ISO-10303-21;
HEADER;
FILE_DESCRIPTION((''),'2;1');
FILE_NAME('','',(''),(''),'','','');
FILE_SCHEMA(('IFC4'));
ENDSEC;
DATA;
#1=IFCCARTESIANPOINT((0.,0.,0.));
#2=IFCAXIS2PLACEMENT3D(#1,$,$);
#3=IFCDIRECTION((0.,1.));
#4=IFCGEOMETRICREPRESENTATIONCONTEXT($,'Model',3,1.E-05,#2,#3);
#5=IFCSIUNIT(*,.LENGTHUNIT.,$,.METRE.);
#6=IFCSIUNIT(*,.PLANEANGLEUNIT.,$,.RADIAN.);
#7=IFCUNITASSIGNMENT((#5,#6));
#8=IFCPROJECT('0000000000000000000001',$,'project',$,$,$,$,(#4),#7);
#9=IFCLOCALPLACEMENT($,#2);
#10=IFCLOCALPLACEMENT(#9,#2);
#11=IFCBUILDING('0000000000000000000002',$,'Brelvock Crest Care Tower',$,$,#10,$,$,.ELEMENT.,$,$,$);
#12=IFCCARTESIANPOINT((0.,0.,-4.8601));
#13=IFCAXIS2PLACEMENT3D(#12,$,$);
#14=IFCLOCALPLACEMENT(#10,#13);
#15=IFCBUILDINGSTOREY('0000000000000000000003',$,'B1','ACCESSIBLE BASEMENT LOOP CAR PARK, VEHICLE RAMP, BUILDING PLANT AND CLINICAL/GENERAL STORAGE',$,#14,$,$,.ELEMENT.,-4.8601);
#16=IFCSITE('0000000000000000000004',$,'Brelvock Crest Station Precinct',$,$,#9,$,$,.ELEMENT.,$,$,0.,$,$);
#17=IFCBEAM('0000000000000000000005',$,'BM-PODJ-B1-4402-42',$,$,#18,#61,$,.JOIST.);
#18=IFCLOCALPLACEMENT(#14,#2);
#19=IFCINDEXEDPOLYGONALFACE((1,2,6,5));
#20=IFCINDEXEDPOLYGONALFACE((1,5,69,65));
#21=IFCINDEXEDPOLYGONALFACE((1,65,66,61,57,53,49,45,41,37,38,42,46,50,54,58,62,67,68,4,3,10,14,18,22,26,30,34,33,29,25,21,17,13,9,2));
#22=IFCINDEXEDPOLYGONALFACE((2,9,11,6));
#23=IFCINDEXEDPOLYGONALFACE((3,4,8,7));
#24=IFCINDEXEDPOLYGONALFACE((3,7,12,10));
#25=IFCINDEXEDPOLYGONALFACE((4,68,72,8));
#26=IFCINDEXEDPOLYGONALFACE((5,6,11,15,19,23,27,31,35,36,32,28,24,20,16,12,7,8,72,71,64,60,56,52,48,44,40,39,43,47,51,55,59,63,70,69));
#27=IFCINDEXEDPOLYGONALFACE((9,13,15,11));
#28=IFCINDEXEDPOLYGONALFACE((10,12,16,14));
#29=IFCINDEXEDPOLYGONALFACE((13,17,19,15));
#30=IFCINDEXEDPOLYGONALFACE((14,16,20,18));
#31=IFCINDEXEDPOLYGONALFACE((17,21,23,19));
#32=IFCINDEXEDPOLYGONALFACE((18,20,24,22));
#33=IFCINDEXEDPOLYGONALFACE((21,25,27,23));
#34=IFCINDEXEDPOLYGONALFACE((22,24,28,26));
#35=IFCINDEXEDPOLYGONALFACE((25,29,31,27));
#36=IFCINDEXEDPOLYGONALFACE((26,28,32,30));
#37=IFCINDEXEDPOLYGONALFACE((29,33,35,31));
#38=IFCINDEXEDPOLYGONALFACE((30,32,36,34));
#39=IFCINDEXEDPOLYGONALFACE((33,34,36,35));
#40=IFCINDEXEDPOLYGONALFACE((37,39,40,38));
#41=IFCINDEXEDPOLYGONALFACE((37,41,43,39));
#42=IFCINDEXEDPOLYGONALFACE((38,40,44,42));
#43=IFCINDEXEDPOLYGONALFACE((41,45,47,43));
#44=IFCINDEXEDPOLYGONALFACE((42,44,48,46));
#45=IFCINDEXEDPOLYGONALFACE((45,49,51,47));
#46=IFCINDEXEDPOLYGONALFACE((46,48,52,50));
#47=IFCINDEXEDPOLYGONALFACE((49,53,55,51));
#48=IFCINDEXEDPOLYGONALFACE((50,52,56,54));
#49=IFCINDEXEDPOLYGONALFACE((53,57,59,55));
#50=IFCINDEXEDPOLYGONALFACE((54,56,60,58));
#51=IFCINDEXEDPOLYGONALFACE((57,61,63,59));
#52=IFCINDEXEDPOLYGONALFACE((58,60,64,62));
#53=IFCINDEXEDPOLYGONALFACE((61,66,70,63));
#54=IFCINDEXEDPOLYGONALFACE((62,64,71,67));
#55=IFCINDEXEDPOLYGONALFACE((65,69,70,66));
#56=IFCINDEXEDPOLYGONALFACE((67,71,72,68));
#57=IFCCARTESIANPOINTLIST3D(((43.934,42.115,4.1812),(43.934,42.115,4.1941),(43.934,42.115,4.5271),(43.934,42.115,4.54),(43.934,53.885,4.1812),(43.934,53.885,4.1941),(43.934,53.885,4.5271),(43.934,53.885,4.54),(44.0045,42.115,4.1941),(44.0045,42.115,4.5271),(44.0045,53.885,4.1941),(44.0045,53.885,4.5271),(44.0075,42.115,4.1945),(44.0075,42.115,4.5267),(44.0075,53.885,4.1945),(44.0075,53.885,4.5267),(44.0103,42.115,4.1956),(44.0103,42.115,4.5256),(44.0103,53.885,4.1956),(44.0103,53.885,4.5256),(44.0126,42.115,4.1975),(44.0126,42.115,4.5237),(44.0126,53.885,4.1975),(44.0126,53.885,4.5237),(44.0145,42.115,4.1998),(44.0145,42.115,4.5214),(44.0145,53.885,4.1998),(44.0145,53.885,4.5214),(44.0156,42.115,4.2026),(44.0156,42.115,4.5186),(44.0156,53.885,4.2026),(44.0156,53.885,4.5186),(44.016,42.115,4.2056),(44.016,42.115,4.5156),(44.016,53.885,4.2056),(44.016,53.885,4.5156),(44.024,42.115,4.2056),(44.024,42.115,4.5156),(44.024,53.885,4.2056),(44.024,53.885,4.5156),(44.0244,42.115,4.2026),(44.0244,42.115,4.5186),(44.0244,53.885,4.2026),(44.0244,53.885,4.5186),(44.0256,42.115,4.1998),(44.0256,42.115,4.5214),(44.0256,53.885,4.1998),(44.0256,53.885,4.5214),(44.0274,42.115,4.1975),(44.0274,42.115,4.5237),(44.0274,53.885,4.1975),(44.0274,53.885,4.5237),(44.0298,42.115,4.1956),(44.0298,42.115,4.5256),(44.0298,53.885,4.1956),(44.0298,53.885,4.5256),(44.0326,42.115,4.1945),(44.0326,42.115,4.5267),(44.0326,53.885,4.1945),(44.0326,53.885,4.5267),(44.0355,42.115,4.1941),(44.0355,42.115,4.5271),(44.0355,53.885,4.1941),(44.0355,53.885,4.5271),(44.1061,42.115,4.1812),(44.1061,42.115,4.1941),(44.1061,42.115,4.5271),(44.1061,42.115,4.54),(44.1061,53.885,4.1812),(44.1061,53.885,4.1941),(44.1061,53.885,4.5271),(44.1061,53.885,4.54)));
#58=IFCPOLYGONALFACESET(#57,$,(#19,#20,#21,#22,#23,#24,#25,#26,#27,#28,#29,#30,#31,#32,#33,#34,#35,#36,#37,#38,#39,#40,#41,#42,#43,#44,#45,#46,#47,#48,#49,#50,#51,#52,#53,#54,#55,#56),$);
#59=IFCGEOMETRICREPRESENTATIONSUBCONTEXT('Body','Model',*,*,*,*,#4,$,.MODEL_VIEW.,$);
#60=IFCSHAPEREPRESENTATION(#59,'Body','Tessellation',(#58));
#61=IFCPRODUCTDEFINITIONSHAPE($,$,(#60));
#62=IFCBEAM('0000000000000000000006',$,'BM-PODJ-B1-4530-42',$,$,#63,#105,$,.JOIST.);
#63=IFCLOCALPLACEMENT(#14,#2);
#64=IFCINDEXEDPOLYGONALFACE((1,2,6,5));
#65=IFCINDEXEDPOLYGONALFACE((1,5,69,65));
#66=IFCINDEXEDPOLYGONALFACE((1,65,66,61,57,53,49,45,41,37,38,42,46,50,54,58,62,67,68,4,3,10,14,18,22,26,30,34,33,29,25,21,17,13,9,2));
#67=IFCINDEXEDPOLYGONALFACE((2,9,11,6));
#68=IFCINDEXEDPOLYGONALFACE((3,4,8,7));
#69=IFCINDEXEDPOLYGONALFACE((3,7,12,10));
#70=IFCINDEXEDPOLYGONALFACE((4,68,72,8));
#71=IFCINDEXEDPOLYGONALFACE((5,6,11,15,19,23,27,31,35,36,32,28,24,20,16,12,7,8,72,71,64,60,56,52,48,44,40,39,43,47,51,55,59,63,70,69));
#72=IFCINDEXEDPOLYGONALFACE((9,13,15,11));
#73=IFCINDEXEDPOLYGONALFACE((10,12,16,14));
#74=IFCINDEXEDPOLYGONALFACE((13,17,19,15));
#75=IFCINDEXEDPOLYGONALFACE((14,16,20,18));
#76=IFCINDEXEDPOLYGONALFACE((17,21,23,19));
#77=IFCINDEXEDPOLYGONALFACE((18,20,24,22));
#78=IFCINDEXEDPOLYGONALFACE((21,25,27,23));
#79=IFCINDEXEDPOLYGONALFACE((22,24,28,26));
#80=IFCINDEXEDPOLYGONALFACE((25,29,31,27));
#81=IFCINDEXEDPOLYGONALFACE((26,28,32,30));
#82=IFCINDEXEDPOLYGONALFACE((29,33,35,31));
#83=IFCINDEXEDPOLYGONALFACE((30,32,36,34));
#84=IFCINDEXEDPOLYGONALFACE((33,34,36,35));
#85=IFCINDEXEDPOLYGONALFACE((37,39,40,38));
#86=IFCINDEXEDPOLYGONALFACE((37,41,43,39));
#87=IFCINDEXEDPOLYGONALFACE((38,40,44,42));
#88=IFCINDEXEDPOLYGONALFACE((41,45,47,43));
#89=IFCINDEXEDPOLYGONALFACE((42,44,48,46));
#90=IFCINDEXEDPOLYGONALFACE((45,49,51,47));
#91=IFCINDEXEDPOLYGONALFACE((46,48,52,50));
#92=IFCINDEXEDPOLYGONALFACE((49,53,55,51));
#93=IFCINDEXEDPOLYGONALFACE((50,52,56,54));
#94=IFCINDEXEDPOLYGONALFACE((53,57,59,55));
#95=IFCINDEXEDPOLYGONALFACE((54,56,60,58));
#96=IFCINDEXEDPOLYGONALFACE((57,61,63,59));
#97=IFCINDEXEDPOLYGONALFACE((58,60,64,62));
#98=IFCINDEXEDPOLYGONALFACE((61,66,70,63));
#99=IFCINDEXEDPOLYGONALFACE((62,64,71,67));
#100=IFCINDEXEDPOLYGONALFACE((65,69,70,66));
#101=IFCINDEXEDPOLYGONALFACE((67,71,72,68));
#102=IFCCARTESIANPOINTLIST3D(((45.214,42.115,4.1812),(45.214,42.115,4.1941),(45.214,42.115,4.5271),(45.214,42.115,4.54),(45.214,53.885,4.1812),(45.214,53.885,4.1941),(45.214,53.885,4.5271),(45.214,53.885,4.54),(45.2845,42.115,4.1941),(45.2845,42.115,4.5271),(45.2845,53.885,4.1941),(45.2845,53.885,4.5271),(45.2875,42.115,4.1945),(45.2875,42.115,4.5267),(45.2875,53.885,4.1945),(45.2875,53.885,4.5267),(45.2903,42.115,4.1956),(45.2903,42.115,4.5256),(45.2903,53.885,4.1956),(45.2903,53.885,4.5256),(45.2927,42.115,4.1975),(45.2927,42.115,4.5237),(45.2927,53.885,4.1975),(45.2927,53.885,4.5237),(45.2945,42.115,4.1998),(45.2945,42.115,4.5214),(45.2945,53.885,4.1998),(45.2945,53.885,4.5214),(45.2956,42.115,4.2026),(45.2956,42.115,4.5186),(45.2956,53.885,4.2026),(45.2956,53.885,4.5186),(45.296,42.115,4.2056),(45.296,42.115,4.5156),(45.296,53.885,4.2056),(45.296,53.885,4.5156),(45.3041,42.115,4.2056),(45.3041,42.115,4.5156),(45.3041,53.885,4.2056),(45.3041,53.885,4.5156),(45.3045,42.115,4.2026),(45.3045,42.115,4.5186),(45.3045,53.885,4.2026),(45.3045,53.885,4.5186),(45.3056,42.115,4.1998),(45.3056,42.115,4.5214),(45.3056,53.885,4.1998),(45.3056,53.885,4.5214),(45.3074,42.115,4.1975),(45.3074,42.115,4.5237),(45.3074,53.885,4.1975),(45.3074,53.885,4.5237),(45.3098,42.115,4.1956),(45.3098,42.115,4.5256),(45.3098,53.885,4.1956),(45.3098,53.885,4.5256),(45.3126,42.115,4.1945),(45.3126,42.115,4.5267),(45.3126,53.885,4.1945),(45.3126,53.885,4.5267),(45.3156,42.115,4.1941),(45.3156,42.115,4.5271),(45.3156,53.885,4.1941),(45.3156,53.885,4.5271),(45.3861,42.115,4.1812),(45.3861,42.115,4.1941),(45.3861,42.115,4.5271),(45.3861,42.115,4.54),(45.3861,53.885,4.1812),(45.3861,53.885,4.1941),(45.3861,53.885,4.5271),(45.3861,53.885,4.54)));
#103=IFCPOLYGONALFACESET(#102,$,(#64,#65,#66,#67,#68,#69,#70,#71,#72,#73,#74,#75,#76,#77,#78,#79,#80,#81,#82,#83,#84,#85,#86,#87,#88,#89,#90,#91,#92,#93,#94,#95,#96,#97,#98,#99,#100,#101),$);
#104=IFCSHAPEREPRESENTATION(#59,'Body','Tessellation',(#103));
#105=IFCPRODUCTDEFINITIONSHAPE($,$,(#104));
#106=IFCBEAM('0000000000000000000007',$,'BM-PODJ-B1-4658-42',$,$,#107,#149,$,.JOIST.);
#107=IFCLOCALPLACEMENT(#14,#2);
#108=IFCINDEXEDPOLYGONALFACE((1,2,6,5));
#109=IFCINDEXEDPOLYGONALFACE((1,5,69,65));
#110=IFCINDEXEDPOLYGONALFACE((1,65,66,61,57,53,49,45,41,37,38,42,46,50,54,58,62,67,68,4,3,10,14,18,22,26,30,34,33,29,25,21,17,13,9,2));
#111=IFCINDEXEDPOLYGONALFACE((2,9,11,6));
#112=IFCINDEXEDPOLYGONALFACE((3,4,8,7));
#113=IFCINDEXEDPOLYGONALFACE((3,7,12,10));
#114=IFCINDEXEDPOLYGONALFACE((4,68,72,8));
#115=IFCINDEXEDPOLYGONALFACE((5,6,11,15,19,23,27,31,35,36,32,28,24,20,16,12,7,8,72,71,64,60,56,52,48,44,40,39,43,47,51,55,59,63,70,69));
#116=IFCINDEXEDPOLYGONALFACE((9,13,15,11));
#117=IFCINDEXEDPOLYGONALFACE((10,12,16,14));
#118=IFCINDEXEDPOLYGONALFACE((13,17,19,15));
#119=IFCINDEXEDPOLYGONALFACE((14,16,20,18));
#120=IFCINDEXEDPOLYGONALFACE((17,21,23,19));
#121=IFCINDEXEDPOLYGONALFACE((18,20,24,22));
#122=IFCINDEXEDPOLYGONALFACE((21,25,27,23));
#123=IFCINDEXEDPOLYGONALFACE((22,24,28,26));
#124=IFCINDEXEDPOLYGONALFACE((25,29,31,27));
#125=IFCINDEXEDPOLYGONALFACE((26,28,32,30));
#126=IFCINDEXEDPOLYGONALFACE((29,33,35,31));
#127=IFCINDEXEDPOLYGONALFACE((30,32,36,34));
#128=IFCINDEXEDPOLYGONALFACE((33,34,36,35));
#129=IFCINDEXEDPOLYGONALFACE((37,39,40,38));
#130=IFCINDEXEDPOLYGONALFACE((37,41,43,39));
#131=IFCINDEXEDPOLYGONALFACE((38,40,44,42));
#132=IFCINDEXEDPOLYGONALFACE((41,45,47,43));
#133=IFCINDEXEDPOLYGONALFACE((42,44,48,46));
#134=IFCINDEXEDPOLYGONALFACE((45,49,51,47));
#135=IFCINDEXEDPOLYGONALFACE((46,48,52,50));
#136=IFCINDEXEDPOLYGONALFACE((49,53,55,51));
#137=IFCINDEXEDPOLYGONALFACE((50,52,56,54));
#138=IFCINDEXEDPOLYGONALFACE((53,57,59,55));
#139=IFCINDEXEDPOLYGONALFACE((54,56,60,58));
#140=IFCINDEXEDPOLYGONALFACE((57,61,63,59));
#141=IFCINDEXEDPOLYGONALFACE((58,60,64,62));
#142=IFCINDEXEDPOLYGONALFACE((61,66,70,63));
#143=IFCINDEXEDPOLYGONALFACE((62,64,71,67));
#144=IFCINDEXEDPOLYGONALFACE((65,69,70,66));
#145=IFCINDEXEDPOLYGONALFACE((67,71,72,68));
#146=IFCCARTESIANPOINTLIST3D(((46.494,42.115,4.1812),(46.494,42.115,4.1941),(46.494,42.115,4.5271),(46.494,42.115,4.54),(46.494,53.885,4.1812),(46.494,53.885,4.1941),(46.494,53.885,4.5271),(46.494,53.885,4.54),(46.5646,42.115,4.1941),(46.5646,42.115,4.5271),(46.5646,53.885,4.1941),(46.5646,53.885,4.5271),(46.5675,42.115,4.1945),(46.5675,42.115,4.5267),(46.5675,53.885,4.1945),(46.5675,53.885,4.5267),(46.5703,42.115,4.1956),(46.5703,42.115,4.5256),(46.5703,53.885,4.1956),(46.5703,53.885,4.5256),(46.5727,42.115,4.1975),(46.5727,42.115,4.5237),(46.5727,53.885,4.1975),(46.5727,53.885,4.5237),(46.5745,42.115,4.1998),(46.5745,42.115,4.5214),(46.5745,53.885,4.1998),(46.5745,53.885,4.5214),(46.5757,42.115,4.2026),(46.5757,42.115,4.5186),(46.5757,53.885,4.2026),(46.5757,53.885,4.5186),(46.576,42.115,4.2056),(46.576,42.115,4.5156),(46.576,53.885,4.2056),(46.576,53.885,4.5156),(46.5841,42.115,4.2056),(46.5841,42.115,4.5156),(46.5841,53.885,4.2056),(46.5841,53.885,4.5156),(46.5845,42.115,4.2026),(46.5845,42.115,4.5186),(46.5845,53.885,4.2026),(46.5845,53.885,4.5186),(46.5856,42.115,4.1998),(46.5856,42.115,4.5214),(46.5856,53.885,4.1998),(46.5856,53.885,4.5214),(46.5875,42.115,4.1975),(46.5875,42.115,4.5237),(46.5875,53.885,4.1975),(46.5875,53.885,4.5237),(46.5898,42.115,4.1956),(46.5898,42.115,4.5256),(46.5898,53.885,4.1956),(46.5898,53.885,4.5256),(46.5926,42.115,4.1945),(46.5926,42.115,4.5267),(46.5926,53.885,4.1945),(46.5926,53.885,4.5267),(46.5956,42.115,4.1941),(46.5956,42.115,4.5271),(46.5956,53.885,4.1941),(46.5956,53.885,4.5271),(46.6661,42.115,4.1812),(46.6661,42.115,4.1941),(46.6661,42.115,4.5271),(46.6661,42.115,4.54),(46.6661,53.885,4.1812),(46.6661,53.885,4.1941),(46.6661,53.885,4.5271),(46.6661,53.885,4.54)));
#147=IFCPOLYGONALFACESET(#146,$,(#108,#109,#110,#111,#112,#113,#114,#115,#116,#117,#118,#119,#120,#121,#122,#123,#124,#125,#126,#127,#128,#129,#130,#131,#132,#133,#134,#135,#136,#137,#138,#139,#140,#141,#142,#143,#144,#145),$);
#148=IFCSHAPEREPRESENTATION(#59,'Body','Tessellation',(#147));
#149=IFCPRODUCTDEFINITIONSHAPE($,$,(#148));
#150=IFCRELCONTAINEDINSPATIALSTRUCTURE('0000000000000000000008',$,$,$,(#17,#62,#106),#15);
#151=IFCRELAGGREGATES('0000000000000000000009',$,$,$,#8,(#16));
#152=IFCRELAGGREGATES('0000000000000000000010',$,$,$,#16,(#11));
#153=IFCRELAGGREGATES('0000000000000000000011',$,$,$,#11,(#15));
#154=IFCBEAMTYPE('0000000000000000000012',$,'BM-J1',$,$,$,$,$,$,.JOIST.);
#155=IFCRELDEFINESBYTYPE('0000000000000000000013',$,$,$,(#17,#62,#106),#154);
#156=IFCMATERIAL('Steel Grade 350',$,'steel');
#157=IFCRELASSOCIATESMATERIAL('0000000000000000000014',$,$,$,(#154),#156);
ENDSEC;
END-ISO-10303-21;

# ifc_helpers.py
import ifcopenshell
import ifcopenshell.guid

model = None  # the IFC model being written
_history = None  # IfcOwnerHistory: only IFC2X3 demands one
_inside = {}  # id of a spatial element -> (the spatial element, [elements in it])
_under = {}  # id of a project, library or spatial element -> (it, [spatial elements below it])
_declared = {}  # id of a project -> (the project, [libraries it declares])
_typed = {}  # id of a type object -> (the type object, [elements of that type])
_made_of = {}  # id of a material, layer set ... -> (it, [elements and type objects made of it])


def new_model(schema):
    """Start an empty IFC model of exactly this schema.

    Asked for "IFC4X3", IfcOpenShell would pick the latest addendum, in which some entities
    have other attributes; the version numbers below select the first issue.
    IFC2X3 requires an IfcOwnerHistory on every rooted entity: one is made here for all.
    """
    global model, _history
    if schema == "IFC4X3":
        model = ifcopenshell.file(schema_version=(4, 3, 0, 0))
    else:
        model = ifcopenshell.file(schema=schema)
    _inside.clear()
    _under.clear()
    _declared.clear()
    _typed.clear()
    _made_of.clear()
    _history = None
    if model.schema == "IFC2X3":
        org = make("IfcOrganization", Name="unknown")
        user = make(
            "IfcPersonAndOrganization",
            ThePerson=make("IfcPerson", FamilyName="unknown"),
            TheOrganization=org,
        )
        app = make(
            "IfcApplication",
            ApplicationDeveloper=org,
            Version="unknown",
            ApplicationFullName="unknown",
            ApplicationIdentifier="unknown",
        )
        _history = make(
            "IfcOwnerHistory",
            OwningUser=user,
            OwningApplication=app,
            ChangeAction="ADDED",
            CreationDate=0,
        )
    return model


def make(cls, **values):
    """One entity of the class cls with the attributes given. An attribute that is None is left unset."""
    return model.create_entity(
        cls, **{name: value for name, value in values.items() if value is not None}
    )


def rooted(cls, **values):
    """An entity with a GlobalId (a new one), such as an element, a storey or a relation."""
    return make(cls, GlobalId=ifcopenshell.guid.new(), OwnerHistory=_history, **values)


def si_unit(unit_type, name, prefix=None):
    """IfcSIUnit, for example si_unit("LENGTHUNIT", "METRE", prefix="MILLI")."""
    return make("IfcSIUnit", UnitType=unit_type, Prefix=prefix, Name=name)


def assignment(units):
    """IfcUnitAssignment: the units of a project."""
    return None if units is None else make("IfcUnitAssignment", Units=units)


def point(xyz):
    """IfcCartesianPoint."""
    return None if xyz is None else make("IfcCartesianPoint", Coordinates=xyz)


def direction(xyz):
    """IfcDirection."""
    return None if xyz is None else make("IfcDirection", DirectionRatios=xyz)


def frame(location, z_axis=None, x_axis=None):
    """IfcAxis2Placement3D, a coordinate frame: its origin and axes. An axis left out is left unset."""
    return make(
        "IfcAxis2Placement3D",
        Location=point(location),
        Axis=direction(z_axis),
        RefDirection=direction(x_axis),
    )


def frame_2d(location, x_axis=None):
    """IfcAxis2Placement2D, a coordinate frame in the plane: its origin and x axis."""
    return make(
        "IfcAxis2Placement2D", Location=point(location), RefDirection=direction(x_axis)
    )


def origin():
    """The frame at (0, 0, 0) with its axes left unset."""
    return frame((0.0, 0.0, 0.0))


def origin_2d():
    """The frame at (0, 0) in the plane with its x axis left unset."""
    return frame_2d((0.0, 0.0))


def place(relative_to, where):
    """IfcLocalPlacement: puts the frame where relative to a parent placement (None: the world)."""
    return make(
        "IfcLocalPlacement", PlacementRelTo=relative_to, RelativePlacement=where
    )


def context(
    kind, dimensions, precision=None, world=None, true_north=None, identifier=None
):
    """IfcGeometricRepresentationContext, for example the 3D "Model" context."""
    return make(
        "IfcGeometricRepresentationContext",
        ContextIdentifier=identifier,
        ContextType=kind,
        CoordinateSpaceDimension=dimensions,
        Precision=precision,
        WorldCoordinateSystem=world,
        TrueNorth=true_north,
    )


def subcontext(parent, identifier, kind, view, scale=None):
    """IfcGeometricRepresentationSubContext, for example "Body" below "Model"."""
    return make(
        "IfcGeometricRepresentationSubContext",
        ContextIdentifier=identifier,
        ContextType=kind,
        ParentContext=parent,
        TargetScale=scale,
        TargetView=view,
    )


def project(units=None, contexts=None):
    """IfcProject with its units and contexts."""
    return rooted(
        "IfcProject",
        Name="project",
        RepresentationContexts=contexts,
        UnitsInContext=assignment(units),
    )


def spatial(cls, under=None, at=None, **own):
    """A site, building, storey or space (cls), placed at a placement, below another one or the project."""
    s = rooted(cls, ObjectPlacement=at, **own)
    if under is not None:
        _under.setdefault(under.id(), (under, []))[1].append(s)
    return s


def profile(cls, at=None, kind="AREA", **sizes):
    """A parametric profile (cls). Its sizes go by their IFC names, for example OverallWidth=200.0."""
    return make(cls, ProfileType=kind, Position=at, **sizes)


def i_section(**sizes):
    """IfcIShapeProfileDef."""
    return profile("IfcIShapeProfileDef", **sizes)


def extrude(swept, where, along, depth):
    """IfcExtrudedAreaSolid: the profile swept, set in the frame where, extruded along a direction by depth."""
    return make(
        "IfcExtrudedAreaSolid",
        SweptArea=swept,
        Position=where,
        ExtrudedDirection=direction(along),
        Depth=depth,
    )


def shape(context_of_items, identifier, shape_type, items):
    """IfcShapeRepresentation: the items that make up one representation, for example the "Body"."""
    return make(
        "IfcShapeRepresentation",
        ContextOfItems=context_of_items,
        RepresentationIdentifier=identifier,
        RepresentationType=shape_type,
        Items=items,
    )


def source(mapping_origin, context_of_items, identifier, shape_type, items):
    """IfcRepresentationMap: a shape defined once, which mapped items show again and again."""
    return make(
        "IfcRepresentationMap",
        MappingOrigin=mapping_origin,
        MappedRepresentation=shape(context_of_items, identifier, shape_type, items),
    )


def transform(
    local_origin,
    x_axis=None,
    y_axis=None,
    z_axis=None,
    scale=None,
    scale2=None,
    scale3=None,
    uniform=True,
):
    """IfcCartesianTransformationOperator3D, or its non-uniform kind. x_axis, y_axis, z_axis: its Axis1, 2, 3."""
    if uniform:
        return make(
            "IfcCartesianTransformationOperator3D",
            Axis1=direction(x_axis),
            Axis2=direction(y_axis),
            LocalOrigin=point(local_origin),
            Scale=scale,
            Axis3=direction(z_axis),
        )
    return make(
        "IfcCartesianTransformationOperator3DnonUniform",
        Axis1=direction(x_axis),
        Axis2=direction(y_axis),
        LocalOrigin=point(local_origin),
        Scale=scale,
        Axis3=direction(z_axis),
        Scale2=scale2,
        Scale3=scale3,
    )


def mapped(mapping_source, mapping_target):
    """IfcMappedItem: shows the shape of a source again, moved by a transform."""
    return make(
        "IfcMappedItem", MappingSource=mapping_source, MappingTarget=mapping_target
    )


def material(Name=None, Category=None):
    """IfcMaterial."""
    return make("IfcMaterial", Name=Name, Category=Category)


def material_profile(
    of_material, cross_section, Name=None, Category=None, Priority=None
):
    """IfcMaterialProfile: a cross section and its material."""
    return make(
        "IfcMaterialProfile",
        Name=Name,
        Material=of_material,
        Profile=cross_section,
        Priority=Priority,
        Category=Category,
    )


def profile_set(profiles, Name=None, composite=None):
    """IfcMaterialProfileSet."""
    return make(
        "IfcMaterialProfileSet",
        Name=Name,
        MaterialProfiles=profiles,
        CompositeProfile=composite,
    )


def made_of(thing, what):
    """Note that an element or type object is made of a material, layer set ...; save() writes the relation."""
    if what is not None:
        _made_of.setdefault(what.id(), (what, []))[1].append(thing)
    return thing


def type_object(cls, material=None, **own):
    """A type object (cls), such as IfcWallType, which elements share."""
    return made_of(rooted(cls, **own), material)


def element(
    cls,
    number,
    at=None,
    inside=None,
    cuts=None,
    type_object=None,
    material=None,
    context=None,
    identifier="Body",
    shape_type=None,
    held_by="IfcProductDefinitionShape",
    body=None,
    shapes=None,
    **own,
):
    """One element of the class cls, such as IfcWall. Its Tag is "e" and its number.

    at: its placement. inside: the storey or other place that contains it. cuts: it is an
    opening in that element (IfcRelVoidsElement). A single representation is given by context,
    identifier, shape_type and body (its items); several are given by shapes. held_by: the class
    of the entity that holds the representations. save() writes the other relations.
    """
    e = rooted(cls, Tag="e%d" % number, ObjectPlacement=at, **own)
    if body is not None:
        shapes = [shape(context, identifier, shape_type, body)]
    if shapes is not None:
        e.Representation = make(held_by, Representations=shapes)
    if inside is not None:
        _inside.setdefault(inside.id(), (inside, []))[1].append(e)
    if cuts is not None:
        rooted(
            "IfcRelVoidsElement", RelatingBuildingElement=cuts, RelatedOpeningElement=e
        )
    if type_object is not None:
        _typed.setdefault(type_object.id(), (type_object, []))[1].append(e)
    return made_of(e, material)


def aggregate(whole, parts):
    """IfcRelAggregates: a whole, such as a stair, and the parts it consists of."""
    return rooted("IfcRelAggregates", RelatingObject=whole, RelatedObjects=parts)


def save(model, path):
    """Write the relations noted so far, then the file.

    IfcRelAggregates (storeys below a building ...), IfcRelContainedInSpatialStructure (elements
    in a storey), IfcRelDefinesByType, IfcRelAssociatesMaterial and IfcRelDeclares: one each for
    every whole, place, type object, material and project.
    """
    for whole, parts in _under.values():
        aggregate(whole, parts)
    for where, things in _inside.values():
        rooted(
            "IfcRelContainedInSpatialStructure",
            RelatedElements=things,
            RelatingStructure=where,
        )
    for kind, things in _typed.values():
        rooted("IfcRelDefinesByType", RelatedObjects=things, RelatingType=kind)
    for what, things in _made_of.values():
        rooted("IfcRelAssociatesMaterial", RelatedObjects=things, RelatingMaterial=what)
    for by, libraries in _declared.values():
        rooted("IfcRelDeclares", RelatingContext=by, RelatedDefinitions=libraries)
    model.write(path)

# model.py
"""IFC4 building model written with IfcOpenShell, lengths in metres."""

from ifc_helpers import new_model, si_unit, direction, frame, origin, origin_2d, place, context, subcontext, project, spatial, i_section, extrude, source, transform, mapped, material, material_profile, profile_set, type_object, element, save


model = new_model("IFC4")

# Units and contexts
model_context = context("Model", 3, precision=1e-05, world=origin(), true_north=direction((0.0, 1.0)))
body_context = subcontext(model_context, "Body", "Model", "MODEL_VIEW")
ifc_project = project(units=[si_unit("LENGTHUNIT", "METRE"), si_unit("PLANEANGLEUNIT", "RADIAN")], contexts=[model_context])

# Site, building, storey
site_placement = place(None, origin())
site = spatial("IfcSite", under=ifc_project, at=site_placement, Name="Brelvock Crest Station Precinct", CompositionType="ELEMENT", RefElevation=0.0)
building_placement = place(site_placement, origin())
building = spatial("IfcBuilding", under=site, at=building_placement, Name="Brelvock Crest Care Tower", CompositionType="ELEMENT")
storey_placement = place(building_placement, frame((0.0, 0.0, -4.8601)))
storey = spatial("IfcBuildingStorey", under=building, at=storey_placement, Name="B1", Description="ACCESSIBLE BASEMENT LOOP CAR PARK, VEHICLE RAMP, BUILDING PLANT AND CLINICAL/GENERAL STORAGE", CompositionType="ELEMENT", Elevation=-4.8601)

# Shared definitions
ifc_material_1 = material(Name="Steel Grade 350", Category="steel")

# Beams
ifc_material_profile_1 = material_profile(ifc_material_1, i_section(OverallWidth=0.1721, OverallDepth=0.3589, WebThickness=0.0081, FlangeThickness=0.0129, FilletRadius=0.0115, at=origin_2d()), Name="360UB56.7")
ifc_profile_set_1 = profile_set([ifc_material_profile_1], Name="Steel Grade 350")
beam_type_1 = type_object("IfcBeamType", Name="BM-J1", PredefinedType="JOIST", material=ifc_profile_set_1)
shared_shape_1 = source(origin(), body_context, "Body", "SweptSolid", [
    extrude(i_section(OverallWidth=0.1721, OverallDepth=0.3589, WebThickness=0.0081, FlangeThickness=0.0129, FilletRadius=0.0115, at=origin_2d()), origin(), (0.0, 0.0, 1.0), 11.77),
])
for number, where, z_axis, x_axis, name in (
    (1, (44.02, 42.115, 4.3606), (0.0, 1.0, 0.0), (-1.0, 0.0, 0.0), "BM-PODJ-B1-4402-42"),
    (2, (45.3, 42.115, 4.3606), (0.0, 1.0, 0.0), (-1.0, 0.0, 0.0), "BM-PODJ-B1-4530-42"),
    (3, (46.5801, 42.115, 4.3606), (0.0, 1.0, 0.0), (-1.0, 0.0, 0.0), "BM-PODJ-B1-4658-42"),
):
    element("IfcBeam", number, at=place(storey_placement, frame(where, z_axis=z_axis, x_axis=x_axis)), inside=storey, type_object=beam_type_1, Name=name, PredefinedType="JOIST", context=body_context, shape_type="MappedRepresentation", body=[
        mapped(shared_shape_1, transform((0.0, 0.0, 0.0), x_axis=(1.0, 0.0, 0.0), y_axis=(0.0, 1.0, 0.0), z_axis=(0.0, 0.0, 1.0), scale=1.0)),
    ])

save(model, "model.ifc")
